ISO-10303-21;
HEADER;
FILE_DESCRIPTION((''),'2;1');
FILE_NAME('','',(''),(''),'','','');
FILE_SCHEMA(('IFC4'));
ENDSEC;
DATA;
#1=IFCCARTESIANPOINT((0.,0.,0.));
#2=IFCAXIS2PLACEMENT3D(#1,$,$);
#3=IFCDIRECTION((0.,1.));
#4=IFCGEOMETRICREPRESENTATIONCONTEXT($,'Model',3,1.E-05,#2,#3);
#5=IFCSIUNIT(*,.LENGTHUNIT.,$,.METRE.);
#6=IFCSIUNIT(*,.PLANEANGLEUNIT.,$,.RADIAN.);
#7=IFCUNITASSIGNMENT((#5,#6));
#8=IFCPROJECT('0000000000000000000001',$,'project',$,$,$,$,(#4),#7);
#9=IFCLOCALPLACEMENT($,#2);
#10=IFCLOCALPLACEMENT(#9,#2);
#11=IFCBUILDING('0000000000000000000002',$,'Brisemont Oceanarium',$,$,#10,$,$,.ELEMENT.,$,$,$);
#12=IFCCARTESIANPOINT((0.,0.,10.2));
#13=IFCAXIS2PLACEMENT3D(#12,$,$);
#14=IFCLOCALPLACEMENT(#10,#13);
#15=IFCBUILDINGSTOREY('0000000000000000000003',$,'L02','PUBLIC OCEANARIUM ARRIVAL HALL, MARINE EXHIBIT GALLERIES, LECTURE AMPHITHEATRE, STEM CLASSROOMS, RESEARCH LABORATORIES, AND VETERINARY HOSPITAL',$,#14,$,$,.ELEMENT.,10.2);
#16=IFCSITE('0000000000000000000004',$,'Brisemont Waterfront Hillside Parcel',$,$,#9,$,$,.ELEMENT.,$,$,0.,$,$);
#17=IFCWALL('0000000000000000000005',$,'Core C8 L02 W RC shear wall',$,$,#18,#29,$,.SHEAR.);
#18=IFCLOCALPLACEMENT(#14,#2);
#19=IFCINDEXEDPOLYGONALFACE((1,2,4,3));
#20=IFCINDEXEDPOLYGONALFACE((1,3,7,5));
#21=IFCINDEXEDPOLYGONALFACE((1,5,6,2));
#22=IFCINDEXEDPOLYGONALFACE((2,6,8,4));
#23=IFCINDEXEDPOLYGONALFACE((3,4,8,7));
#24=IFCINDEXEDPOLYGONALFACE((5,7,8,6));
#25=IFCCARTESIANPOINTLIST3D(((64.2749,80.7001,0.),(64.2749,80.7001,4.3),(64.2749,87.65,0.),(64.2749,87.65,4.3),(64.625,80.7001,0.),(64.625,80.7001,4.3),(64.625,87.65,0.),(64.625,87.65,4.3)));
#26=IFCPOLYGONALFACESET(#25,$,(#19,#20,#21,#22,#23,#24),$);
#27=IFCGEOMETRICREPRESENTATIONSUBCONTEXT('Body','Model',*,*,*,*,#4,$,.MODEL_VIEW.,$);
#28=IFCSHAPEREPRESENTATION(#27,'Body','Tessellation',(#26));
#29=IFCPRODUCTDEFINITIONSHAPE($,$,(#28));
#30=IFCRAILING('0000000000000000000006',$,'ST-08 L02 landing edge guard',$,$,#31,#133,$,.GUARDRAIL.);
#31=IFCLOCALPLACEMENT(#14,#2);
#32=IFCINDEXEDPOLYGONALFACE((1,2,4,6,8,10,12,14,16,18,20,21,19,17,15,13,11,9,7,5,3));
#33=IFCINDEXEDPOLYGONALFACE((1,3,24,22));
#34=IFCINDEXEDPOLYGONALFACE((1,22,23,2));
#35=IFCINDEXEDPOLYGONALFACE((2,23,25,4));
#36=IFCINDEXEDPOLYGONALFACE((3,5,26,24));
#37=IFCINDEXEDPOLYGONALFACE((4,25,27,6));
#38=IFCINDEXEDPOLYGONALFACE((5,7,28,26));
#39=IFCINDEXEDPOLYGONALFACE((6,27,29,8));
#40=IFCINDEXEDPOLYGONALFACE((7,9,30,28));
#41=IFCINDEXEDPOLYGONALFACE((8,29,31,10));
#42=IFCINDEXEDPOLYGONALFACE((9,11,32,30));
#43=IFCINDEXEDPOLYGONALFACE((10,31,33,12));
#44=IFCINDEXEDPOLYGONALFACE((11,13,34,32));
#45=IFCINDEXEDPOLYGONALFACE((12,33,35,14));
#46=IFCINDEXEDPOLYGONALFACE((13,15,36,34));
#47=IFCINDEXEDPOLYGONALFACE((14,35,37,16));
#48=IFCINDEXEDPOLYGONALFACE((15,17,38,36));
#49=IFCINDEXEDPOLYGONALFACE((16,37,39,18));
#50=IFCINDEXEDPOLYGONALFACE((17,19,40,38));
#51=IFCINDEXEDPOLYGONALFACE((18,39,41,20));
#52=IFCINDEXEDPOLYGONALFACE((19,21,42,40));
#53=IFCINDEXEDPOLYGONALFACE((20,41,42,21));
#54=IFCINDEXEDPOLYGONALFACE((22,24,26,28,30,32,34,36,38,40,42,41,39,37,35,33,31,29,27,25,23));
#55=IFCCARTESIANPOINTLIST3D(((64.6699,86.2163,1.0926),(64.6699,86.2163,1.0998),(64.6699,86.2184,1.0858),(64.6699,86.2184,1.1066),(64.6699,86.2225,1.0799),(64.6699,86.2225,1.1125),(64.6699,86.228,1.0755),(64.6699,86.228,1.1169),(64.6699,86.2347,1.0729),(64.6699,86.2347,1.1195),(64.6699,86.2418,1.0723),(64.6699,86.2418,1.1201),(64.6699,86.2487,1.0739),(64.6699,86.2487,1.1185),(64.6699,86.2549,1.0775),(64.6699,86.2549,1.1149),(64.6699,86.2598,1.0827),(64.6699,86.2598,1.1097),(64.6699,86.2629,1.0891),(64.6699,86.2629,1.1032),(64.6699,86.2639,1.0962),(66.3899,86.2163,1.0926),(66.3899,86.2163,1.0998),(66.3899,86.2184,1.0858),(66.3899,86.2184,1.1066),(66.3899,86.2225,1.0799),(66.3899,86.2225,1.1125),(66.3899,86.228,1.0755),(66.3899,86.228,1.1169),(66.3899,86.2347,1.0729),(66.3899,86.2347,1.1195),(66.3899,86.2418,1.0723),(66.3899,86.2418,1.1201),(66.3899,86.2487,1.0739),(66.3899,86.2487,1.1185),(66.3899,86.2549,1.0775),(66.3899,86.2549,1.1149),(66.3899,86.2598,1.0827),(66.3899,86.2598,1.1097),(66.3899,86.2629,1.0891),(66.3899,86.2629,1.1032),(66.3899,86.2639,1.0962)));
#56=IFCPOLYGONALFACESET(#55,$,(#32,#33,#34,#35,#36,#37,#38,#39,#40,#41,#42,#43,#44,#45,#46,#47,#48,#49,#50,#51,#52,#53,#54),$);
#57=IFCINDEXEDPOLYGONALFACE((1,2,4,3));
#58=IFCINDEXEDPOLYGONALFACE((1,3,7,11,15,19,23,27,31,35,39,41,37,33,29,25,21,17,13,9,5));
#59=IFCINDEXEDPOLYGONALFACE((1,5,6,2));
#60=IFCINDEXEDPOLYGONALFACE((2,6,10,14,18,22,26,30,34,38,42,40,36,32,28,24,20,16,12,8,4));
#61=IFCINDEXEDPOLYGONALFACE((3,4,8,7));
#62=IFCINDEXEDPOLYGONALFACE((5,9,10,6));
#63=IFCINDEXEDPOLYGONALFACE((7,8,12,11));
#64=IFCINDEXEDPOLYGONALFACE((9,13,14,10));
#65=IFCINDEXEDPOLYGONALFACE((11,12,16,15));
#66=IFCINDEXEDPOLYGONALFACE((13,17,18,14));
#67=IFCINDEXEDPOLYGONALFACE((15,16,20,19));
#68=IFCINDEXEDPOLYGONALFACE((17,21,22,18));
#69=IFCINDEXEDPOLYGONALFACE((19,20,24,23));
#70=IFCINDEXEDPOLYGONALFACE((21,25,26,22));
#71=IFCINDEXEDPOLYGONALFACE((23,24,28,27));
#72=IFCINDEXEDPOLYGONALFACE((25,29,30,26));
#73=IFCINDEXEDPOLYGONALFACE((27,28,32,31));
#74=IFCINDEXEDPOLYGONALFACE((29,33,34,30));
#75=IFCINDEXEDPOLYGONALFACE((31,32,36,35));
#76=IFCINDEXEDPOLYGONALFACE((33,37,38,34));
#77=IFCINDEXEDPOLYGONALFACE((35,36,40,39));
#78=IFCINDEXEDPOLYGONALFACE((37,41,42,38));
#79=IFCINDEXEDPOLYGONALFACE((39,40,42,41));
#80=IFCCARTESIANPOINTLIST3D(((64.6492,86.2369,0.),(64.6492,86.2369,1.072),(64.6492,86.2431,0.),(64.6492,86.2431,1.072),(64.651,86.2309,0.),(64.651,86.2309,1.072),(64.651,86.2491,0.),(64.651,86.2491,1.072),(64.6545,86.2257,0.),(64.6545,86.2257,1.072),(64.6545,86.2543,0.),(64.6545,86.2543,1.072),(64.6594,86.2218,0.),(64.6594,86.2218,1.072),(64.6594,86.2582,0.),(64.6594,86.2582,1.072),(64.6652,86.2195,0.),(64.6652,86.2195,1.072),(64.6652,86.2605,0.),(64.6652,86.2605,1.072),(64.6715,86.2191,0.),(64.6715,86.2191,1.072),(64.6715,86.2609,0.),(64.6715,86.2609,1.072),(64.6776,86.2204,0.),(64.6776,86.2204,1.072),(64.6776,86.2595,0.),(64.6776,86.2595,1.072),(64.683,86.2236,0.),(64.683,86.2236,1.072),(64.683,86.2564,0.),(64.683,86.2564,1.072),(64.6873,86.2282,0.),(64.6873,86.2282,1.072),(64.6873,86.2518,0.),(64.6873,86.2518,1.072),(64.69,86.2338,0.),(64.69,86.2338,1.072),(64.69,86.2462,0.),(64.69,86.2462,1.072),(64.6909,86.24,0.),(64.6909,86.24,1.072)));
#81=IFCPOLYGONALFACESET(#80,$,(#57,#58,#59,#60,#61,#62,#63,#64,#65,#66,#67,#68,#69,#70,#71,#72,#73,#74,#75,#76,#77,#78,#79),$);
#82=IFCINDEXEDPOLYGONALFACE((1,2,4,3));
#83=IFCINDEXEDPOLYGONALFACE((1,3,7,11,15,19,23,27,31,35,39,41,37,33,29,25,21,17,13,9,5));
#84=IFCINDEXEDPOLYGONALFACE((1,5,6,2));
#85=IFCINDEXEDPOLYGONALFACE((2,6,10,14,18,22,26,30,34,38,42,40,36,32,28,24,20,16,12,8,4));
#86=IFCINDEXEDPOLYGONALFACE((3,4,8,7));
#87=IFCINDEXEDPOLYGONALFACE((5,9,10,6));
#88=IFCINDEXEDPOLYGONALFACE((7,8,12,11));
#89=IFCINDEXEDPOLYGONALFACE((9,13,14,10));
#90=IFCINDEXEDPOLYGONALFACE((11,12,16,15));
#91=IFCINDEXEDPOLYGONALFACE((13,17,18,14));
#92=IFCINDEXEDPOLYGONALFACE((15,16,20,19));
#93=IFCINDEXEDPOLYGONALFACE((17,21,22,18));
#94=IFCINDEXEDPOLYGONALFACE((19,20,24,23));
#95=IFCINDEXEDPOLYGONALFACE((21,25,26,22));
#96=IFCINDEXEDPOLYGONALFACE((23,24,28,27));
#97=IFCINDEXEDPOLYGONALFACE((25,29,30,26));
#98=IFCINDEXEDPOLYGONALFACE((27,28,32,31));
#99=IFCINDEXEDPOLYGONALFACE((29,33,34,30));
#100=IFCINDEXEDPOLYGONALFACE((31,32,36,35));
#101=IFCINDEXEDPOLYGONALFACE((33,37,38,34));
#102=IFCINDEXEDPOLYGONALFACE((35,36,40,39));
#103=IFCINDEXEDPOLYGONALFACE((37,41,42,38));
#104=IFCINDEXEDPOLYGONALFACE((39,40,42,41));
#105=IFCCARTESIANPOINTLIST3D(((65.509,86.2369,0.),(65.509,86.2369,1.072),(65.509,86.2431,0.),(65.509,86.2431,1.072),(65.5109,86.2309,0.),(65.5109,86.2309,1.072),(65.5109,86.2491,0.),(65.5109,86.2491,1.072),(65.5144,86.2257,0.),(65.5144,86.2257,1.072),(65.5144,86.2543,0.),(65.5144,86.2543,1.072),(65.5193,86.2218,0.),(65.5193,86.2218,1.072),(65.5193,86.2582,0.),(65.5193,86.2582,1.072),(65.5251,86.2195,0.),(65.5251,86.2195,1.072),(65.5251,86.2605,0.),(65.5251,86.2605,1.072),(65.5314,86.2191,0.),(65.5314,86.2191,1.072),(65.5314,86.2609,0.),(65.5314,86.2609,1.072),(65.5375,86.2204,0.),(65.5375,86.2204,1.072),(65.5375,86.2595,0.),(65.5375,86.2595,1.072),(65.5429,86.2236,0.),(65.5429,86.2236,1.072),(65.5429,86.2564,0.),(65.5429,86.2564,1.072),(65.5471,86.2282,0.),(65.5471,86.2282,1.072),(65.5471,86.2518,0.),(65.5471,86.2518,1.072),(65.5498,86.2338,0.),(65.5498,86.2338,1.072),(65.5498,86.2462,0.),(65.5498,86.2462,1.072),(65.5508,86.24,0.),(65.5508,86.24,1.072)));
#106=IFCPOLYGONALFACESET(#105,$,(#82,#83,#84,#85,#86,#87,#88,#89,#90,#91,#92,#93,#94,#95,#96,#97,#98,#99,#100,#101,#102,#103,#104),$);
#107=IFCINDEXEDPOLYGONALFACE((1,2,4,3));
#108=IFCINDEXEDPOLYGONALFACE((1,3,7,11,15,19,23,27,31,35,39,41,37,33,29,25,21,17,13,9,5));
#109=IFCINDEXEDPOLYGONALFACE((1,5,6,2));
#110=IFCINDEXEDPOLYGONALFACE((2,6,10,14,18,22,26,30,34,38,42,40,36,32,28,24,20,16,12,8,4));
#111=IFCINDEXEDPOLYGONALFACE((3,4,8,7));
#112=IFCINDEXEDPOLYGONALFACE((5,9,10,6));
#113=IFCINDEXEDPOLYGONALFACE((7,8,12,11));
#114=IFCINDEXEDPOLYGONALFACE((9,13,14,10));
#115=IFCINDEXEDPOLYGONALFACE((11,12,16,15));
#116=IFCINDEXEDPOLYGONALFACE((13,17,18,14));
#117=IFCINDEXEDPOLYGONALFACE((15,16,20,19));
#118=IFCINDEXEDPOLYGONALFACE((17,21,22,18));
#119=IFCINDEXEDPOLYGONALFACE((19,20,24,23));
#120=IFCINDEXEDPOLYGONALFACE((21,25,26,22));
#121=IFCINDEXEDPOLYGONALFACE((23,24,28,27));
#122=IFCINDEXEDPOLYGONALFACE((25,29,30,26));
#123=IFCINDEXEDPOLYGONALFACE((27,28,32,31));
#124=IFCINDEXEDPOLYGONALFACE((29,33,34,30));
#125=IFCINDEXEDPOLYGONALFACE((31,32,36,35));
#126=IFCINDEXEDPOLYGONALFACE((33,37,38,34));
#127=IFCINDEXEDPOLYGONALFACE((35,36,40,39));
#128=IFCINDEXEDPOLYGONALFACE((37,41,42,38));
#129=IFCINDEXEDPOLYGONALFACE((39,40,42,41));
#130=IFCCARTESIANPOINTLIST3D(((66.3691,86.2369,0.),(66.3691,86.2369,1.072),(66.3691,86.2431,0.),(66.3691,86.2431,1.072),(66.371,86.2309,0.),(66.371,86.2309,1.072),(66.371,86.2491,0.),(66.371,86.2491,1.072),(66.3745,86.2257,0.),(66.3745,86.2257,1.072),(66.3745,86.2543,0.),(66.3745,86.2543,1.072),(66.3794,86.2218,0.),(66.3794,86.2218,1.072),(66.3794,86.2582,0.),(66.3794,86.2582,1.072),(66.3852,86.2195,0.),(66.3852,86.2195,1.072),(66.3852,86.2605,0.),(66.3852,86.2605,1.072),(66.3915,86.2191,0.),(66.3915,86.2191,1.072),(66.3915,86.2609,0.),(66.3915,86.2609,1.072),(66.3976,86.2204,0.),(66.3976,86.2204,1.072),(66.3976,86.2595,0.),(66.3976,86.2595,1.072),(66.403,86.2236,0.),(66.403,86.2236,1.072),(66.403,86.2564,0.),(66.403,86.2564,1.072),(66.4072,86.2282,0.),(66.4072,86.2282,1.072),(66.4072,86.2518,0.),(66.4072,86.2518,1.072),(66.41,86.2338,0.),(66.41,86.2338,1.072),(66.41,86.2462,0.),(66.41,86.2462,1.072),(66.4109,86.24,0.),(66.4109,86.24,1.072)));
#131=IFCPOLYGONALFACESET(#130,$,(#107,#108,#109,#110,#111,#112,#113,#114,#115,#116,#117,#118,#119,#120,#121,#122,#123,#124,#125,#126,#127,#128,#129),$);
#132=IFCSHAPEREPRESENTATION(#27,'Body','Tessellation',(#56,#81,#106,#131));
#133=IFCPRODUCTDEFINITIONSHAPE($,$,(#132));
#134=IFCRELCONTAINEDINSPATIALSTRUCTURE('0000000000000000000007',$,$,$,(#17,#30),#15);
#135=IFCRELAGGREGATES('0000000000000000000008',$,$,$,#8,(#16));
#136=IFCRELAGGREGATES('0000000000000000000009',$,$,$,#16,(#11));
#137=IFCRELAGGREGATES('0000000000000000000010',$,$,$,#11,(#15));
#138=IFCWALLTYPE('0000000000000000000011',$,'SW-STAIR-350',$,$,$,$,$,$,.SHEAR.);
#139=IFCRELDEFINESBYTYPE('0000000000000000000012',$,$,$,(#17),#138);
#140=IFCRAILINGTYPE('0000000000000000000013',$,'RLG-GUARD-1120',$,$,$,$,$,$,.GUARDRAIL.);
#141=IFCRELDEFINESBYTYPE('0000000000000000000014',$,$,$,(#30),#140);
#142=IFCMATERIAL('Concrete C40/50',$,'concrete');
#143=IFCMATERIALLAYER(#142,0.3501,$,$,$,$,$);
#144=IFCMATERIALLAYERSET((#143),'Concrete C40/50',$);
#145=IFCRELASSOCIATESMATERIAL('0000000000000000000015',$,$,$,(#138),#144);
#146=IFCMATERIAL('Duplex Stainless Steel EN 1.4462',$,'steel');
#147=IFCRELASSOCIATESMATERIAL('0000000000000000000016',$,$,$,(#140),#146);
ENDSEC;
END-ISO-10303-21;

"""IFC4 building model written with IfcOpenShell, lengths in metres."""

from ifc_helpers import new_model, si_unit, direction, frame, frame_2d, origin, origin_2d, place, context, subcontext, project, spatial, rectangle, circle, extrude, material, layer, layer_set, type_object, element, save


model = new_model("IFC4")

# Units and contexts
model_context = context("Model", 3, precision=1e-05, world=origin(), true_north=direction((0.0, 1.0)))
body_context = subcontext(model_context, "Body", "Model", "MODEL_VIEW")
ifc_project = project(units=[si_unit("LENGTHUNIT", "METRE"), si_unit("PLANEANGLEUNIT", "RADIAN")], contexts=[model_context])

# Site, building, storey
site_placement = place(None, origin())
site = spatial("IfcSite", under=ifc_project, at=site_placement, Name="Brisemont Waterfront Hillside Parcel", CompositionType="ELEMENT", RefElevation=0.0)
building_placement = place(site_placement, origin())
building = spatial("IfcBuilding", under=site, at=building_placement, Name="Brisemont Oceanarium", CompositionType="ELEMENT")
storey_placement = place(building_placement, frame((0.0, 0.0, 10.2)))
storey = spatial("IfcBuildingStorey", under=building, at=storey_placement, Name="L02", Description="PUBLIC OCEANARIUM ARRIVAL HALL, MARINE EXHIBIT GALLERIES, LECTURE AMPHITHEATRE, STEM CLASSROOMS, RESEARCH LABORATORIES, AND VETERINARY HOSPITAL", CompositionType="ELEMENT", Elevation=10.2)

# Wall
ifc_material_1 = material(Name="Concrete C40/50", Category="concrete")
ifc_layer_1 = layer(ifc_material_1, 0.3501)
ifc_layer_set_1 = layer_set([ifc_layer_1], Name="Concrete C40/50")
wall_type_1 = type_object("IfcWallType", Name="SW-STAIR-350", PredefinedType="SHEAR", material=ifc_layer_set_1)
wall_1_placement = place(storey_placement, frame((64.45, 80.7, 0.0), z_axis=(0.0, 0.0, 1.0), x_axis=(0.0, 1.0, 0.0)))
element("IfcWall", 1, at=wall_1_placement, inside=storey, type_object=wall_type_1, Name="Core C8 L02 W RC shear wall", PredefinedType="SHEAR", context=body_context, shape_type="SweptSolid", body=[
    extrude(rectangle(XDim=6.95, YDim=0.3501, at=frame_2d((3.4751, 0.0))), origin(), (0.0, 0.0, 1.0), 4.3),
])

# Railing
ifc_material_2 = material(Name="Duplex Stainless Steel EN 1.4462", Category="steel")
railing_type = type_object("IfcRailingType", Name="RLG-GUARD-1120", PredefinedType="GUARDRAIL", material=ifc_material_2)
railing_1_placement = place(storey_placement, frame((64.6699, 86.24, 0.0)))
element("IfcRailing", 2, at=railing_1_placement, inside=storey, type_object=railing_type, Name="ST-08 L02 landing edge guard", PredefinedType="GUARDRAIL", context=body_context, shape_type="SweptSolid", body=[
    extrude(circle(Radius=0.0239, at=origin_2d()), frame((0.0, 0.0, 1.0962), z_axis=(1.0, 0.0, 0.0), x_axis=(0.0, 1.0, 0.0)), (0.0, 0.0, 1.0), 1.72),
    extrude(circle(Radius=0.021, at=origin_2d()), origin(), (0.0, 0.0, 1.0), 1.072),
    extrude(circle(Radius=0.021, at=origin_2d()), frame((0.8599, 0.0, 0.0)), (0.0, 0.0, 1.0), 1.072),
    extrude(circle(Radius=0.021, at=origin_2d()), frame((1.72, 0.0, 0.0)), (0.0, 0.0, 1.0), 1.072),
])

save(model, "model.ifc")
